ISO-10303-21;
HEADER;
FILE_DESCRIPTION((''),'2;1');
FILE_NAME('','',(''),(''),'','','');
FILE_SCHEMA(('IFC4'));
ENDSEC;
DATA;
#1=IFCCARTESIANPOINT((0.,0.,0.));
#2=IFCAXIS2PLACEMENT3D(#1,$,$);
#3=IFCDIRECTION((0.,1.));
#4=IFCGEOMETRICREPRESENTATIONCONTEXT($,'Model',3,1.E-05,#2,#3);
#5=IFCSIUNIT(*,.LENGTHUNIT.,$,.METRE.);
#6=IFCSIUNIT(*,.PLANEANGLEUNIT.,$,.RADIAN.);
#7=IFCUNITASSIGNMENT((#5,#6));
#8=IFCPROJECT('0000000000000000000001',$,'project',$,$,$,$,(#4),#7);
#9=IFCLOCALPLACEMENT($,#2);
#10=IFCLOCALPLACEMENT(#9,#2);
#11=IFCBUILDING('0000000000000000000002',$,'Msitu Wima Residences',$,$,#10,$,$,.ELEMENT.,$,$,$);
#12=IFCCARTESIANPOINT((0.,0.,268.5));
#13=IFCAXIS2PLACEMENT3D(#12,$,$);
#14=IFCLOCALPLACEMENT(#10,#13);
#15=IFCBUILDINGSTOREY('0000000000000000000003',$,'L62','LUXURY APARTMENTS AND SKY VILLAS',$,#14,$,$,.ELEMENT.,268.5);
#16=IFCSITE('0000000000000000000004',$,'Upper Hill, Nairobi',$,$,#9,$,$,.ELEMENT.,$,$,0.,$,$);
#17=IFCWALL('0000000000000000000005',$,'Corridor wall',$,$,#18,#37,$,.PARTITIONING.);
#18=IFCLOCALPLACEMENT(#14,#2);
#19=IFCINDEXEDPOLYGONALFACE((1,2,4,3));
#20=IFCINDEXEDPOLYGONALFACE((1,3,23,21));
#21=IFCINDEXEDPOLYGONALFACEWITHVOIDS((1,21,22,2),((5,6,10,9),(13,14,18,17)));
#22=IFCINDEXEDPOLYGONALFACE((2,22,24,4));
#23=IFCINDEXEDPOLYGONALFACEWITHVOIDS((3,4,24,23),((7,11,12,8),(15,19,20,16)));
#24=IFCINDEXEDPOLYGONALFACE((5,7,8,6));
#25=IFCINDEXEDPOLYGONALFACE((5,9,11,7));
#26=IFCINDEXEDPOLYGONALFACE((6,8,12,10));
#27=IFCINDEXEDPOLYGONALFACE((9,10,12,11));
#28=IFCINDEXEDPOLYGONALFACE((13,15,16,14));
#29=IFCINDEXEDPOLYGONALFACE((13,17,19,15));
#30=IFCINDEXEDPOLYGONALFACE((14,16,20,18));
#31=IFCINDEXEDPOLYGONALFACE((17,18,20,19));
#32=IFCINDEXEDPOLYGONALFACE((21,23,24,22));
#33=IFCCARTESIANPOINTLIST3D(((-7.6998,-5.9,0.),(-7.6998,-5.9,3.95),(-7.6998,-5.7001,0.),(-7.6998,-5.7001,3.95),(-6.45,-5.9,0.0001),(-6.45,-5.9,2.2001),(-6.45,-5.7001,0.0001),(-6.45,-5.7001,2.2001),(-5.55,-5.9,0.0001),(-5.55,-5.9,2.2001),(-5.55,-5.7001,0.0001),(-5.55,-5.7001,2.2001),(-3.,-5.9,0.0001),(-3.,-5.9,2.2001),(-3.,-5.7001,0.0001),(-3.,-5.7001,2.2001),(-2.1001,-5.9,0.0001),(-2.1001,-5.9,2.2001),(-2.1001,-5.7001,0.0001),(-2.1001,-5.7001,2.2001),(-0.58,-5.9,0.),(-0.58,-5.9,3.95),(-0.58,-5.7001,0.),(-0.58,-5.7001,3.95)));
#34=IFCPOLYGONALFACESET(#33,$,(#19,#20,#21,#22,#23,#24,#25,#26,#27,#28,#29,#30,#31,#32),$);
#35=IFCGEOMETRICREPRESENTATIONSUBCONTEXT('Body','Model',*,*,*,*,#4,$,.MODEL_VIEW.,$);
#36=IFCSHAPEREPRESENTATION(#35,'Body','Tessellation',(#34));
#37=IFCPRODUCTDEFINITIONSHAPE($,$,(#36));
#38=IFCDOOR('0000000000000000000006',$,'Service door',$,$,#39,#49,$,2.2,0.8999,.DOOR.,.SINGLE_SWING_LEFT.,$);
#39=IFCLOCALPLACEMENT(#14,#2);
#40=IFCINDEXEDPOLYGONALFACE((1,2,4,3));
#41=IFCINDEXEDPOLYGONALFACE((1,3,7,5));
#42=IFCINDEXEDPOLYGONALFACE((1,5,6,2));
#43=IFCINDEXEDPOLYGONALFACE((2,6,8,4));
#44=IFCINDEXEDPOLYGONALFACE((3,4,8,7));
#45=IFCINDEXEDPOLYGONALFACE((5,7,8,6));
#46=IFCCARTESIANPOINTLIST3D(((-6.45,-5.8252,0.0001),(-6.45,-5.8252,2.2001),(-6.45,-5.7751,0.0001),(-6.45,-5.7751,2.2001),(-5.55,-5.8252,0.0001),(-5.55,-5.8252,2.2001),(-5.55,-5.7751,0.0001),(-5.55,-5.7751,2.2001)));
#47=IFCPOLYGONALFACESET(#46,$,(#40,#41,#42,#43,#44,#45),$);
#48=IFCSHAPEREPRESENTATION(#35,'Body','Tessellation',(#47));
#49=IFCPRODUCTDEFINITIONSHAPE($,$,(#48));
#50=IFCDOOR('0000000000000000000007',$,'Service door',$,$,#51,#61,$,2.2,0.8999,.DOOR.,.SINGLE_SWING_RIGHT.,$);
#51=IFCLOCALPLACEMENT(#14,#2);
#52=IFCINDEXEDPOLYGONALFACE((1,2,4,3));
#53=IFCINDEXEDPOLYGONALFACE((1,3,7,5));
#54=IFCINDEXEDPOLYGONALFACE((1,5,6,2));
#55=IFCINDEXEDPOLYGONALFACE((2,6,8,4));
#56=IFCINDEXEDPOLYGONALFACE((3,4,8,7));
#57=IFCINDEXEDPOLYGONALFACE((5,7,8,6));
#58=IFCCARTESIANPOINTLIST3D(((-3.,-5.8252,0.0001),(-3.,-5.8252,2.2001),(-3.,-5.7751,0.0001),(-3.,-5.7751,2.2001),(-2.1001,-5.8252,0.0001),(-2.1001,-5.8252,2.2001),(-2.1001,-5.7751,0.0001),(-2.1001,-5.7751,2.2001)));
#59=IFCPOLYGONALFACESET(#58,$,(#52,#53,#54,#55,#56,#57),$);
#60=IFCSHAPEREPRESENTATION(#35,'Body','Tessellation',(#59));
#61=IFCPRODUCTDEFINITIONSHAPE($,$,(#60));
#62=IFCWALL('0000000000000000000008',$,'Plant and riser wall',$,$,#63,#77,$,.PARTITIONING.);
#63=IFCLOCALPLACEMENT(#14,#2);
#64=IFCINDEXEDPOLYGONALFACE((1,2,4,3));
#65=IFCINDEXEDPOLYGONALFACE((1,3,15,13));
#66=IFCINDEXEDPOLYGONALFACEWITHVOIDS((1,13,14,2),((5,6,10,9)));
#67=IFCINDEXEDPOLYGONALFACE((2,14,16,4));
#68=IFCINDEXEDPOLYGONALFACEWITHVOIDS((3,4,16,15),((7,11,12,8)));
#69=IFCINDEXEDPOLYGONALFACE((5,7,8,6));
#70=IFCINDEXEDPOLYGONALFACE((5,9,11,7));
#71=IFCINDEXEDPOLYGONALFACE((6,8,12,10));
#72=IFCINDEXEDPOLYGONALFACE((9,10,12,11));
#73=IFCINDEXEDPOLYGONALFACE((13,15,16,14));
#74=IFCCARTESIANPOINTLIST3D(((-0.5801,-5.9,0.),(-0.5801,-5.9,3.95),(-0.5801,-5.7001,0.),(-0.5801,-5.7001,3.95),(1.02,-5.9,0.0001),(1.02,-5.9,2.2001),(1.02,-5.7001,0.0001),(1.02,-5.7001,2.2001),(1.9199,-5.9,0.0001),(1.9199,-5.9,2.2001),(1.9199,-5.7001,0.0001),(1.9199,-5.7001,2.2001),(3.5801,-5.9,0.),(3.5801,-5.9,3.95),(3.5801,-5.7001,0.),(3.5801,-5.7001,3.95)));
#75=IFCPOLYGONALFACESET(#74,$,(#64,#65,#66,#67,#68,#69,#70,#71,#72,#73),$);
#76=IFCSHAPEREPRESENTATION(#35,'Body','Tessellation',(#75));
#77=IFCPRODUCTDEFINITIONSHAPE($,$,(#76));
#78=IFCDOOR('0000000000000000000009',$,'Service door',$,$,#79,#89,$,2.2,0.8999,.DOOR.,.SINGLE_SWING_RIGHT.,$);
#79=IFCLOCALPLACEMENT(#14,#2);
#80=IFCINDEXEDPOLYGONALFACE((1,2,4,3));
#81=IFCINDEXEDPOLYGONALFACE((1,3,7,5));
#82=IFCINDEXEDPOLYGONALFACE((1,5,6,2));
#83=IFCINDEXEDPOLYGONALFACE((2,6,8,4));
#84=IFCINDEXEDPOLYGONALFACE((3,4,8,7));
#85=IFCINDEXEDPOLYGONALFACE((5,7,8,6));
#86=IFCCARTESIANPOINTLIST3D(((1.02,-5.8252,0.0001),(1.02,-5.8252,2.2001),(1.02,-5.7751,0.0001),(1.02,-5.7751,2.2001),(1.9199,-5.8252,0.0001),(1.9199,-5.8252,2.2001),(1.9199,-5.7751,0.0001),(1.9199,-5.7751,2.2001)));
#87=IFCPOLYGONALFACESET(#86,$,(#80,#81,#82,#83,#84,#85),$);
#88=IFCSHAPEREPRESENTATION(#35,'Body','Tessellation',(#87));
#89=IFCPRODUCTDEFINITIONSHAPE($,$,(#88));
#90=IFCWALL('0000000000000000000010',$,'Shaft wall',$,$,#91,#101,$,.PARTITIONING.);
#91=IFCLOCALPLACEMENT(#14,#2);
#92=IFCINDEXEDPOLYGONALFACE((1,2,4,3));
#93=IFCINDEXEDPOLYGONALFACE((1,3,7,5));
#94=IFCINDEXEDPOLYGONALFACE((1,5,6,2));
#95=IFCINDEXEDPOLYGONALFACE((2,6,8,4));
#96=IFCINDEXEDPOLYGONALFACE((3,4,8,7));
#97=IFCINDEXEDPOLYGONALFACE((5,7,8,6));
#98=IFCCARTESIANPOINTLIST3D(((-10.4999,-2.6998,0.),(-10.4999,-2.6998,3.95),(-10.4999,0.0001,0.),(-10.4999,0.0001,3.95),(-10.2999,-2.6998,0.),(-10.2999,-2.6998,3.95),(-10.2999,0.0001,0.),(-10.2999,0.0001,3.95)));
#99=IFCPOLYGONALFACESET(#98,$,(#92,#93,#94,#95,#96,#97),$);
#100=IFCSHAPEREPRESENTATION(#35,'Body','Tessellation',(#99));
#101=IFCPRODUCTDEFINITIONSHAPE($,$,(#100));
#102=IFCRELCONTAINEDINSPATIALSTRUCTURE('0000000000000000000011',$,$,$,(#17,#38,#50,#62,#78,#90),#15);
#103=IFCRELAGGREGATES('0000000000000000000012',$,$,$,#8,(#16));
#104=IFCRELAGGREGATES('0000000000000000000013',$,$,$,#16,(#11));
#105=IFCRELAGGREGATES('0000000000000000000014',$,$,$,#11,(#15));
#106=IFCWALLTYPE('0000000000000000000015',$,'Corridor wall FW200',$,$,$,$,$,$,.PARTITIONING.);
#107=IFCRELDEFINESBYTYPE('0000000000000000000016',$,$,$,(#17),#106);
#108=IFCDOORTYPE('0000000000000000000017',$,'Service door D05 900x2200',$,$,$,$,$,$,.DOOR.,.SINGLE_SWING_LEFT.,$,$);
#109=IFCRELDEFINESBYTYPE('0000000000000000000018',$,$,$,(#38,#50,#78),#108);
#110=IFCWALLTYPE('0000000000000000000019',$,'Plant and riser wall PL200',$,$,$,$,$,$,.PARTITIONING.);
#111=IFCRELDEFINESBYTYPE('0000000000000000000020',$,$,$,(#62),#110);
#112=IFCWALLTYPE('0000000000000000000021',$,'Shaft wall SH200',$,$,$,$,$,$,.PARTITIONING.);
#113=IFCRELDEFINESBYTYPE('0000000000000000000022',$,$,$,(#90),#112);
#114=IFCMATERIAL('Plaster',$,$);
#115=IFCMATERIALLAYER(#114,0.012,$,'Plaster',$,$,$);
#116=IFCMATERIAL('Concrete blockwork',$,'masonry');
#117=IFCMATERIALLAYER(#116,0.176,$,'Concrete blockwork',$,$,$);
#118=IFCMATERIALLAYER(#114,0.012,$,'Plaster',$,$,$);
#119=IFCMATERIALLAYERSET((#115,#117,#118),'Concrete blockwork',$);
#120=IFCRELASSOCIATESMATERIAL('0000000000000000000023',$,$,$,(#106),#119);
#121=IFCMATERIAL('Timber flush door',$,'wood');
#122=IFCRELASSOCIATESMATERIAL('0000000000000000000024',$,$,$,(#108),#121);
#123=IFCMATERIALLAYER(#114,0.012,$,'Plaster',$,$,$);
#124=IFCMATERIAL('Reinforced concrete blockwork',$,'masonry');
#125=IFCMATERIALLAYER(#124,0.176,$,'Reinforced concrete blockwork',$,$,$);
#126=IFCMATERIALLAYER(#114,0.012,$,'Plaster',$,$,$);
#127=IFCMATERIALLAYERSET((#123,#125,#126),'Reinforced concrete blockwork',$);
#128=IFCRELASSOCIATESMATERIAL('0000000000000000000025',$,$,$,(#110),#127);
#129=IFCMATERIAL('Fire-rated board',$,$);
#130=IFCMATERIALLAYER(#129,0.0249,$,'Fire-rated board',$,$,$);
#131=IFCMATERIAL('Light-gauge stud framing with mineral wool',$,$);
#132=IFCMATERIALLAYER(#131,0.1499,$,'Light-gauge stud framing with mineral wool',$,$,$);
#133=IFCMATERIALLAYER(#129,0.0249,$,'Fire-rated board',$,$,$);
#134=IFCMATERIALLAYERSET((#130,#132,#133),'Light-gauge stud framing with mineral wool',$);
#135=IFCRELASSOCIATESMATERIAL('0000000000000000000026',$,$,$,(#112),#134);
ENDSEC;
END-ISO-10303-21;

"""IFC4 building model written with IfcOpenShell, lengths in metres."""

from ifc_helpers import new_model, si_unit, direction, frame, frame_2d, origin, place, context, subcontext, project, spatial, rectangle, extrude, material, layer, layer_set, type_object, element, fill, save


model = new_model("IFC4")

# Units and contexts
model_context = context("Model", 3, precision=1e-05, world=origin(), true_north=direction((0.0, 1.0)))
body_context = subcontext(model_context, "Body", "Model", "MODEL_VIEW")
ifc_project = project(units=[si_unit("LENGTHUNIT", "METRE"), si_unit("PLANEANGLEUNIT", "RADIAN")], contexts=[model_context])

# Site, building, storey
site_placement = place(None, origin())
site = spatial("IfcSite", under=ifc_project, at=site_placement, Name="Upper Hill, Nairobi", CompositionType="ELEMENT", RefElevation=0.0)
building_placement = place(site_placement, origin())
building = spatial("IfcBuilding", under=site, at=building_placement, Name="Msitu Wima Residences", CompositionType="ELEMENT")
storey_placement = place(building_placement, frame((0.0, 0.0, 268.5)))
storey = spatial("IfcBuildingStorey", under=building, at=storey_placement, Name="L62", Description="LUXURY APARTMENTS AND SKY VILLAS", CompositionType="ELEMENT", Elevation=268.5)

# Shared definitions
ifc_material_1 = material(Name="Plaster")
ifc_layer_1 = layer(ifc_material_1, 0.012, Name="Plaster")
ifc_material_2 = material(Name="Concrete blockwork", Category="masonry")
ifc_layer_2 = layer(ifc_material_2, 0.176, Name="Concrete blockwork")
ifc_layer_3 = layer(ifc_material_1, 0.012, Name="Plaster")
ifc_layer_set_1 = layer_set([ifc_layer_1, ifc_layer_2, ifc_layer_3], Name="Concrete blockwork")
wall_type_1 = type_object("IfcWallType", Name="Corridor wall FW200", PredefinedType="PARTITIONING", material=ifc_layer_set_1)

# Wall, openings, doors
wall_1_placement = place(storey_placement, frame((-7.7, -5.8, 0.0), z_axis=(0.0, 0.0, 1.0), x_axis=(1.0, 0.0, 0.0)))
wall_1 = element("IfcWall", 1, at=wall_1_placement, inside=storey, type_object=wall_type_1, Name="Corridor wall", PredefinedType="PARTITIONING", context=body_context, shape_type="SweptSolid", body=[
    extrude(rectangle(XDim=7.1199, YDim=0.2, at=frame_2d((3.5601, 0.0))), origin(), (0.0, 0.0, 1.0), 3.95),
])
opening_1_placement = place(wall_1_placement, frame((1.25, 0.0, 0.0)))
opening_1 = element("IfcOpeningElement", 2, at=opening_1_placement, cuts=wall_1, PredefinedType="OPENING", context=body_context, shape_type="SweptSolid", body=[
    extrude(rectangle(XDim=0.8999, YDim=2.2, at=frame_2d((0.45, 1.1001))), frame((0.0, 0.1099, 0.0), z_axis=(0.0, -1.0, 0.0), x_axis=(1.0, 0.0, 0.0)), (0.0, 0.0, 1.0), 0.22),
])
opening_2_placement = place(wall_1_placement, frame((4.7, 0.0, 0.0)))
opening_2 = element("IfcOpeningElement", 3, at=opening_2_placement, cuts=wall_1, PredefinedType="OPENING", context=body_context, shape_type="SweptSolid", body=[
    extrude(rectangle(XDim=0.8999, YDim=2.2, at=frame_2d((0.45, 1.1001))), frame((0.0, 0.1099, 0.0), z_axis=(0.0, -1.0, 0.0), x_axis=(1.0, 0.0, 0.0)), (0.0, 0.0, 1.0), 0.22),
])
ifc_material_3 = material(Name="Timber flush door", Category="wood")
door_type_1 = type_object("IfcDoorType", Name="Service door D05 900x2200", OperationType="SINGLE_SWING_LEFT", PredefinedType="DOOR", material=ifc_material_3)
door_1_placement = place(opening_1_placement, origin())
door_1 = element("IfcDoor", 4, at=door_1_placement, inside=storey, type_object=door_type_1, Name="Service door", OperationType="SINGLE_SWING_LEFT", OverallHeight=2.2, OverallWidth=0.8999, PredefinedType="DOOR", context=body_context, shape_type="SweptSolid", body=[
    extrude(rectangle(XDim=0.8999, YDim=2.2, at=frame_2d((0.45, 1.1001))), frame((0.0, 0.0249, 0.0), z_axis=(0.0, -1.0, 0.0), x_axis=(1.0, 0.0, 0.0)), (0.0, 0.0, 1.0), 0.05),
])
fill(opening_1, door_1)
door_2_placement = place(opening_2_placement, origin())
door_2 = element("IfcDoor", 5, at=door_2_placement, inside=storey, type_object=door_type_1, Name="Service door", OperationType="SINGLE_SWING_RIGHT", OverallHeight=2.2, OverallWidth=0.8999, PredefinedType="DOOR", context=body_context, shape_type="SweptSolid", body=[
    extrude(rectangle(XDim=0.8999, YDim=2.2, at=frame_2d((0.45, 1.1001))), frame((0.0, 0.0249, 0.0), z_axis=(0.0, -1.0, 0.0), x_axis=(1.0, 0.0, 0.0)), (0.0, 0.0, 1.0), 0.05),
])
fill(opening_2, door_2)

# Wall, opening, door
ifc_layer_4 = layer(ifc_material_1, 0.012, Name="Plaster")
ifc_material_4 = material(Name="Reinforced concrete blockwork", Category="masonry")
ifc_layer_5 = layer(ifc_material_4, 0.176, Name="Reinforced concrete blockwork")
ifc_layer_6 = layer(ifc_material_1, 0.012, Name="Plaster")
ifc_layer_set_2 = layer_set([ifc_layer_4, ifc_layer_5, ifc_layer_6], Name="Reinforced concrete blockwork")
wall_type_2 = type_object("IfcWallType", Name="Plant and riser wall PL200", PredefinedType="PARTITIONING", material=ifc_layer_set_2)
wall_2_placement = place(storey_placement, frame((-0.5801, -5.8, 0.0), z_axis=(0.0, 0.0, 1.0), x_axis=(1.0, 0.0, 0.0)))
wall_2 = element("IfcWall", 6, at=wall_2_placement, inside=storey, type_object=wall_type_2, Name="Plant and riser wall", PredefinedType="PARTITIONING", context=body_context, shape_type="SweptSolid", body=[
    extrude(rectangle(XDim=4.1602, YDim=0.2, at=frame_2d((2.0801, 0.0))), origin(), (0.0, 0.0, 1.0), 3.95),
])
opening_3_placement = place(wall_2_placement, frame((1.6001, 0.0, 0.0)))
opening_3 = element("IfcOpeningElement", 7, at=opening_3_placement, cuts=wall_2, PredefinedType="OPENING", context=body_context, shape_type="SweptSolid", body=[
    extrude(rectangle(XDim=0.8999, YDim=2.2, at=frame_2d((0.45, 1.1001))), frame((0.0, 0.1099, 0.0), z_axis=(0.0, -1.0, 0.0), x_axis=(1.0, 0.0, 0.0)), (0.0, 0.0, 1.0), 0.22),
])
door_3_placement = place(opening_3_placement, origin())
door_3 = element("IfcDoor", 8, at=door_3_placement, inside=storey, type_object=door_type_1, Name="Service door", OperationType="SINGLE_SWING_RIGHT", OverallHeight=2.2, OverallWidth=0.8999, PredefinedType="DOOR", context=body_context, shape_type="SweptSolid", body=[
    extrude(rectangle(XDim=0.8999, YDim=2.2, at=frame_2d((0.45, 1.1001))), frame((0.0, 0.0249, 0.0), z_axis=(0.0, -1.0, 0.0), x_axis=(1.0, 0.0, 0.0)), (0.0, 0.0, 1.0), 0.05),
])
fill(opening_3, door_3)

# Wall
ifc_material_5 = material(Name="Fire-rated board")
ifc_layer_7 = layer(ifc_material_5, 0.0249, Name="Fire-rated board")
ifc_material_6 = material(Name="Light-gauge stud framing with mineral wool")
ifc_layer_8 = layer(ifc_material_6, 0.1499, Name="Light-gauge stud framing with mineral wool")
ifc_layer_9 = layer(ifc_material_5, 0.0249, Name="Fire-rated board")
ifc_layer_set_3 = layer_set([ifc_layer_7, ifc_layer_8, ifc_layer_9], Name="Light-gauge stud framing with mineral wool")
wall_type_3 = type_object("IfcWallType", Name="Shaft wall SH200", PredefinedType="PARTITIONING", material=ifc_layer_set_3)
wall_3_placement = place(storey_placement, frame((-10.3999, -2.7, 0.0), z_axis=(0.0, 0.0, 1.0), x_axis=(0.0, 1.0, 0.0)))
element("IfcWall", 9, at=wall_3_placement, inside=storey, type_object=wall_type_3, Name="Shaft wall", PredefinedType="PARTITIONING", context=body_context, shape_type="SweptSolid", body=[
    extrude(rectangle(XDim=2.7, YDim=0.2, at=frame_2d((1.3501, 0.0))), origin(), (0.0, 0.0, 1.0), 3.95),
])

save(model, "model.ifc")
